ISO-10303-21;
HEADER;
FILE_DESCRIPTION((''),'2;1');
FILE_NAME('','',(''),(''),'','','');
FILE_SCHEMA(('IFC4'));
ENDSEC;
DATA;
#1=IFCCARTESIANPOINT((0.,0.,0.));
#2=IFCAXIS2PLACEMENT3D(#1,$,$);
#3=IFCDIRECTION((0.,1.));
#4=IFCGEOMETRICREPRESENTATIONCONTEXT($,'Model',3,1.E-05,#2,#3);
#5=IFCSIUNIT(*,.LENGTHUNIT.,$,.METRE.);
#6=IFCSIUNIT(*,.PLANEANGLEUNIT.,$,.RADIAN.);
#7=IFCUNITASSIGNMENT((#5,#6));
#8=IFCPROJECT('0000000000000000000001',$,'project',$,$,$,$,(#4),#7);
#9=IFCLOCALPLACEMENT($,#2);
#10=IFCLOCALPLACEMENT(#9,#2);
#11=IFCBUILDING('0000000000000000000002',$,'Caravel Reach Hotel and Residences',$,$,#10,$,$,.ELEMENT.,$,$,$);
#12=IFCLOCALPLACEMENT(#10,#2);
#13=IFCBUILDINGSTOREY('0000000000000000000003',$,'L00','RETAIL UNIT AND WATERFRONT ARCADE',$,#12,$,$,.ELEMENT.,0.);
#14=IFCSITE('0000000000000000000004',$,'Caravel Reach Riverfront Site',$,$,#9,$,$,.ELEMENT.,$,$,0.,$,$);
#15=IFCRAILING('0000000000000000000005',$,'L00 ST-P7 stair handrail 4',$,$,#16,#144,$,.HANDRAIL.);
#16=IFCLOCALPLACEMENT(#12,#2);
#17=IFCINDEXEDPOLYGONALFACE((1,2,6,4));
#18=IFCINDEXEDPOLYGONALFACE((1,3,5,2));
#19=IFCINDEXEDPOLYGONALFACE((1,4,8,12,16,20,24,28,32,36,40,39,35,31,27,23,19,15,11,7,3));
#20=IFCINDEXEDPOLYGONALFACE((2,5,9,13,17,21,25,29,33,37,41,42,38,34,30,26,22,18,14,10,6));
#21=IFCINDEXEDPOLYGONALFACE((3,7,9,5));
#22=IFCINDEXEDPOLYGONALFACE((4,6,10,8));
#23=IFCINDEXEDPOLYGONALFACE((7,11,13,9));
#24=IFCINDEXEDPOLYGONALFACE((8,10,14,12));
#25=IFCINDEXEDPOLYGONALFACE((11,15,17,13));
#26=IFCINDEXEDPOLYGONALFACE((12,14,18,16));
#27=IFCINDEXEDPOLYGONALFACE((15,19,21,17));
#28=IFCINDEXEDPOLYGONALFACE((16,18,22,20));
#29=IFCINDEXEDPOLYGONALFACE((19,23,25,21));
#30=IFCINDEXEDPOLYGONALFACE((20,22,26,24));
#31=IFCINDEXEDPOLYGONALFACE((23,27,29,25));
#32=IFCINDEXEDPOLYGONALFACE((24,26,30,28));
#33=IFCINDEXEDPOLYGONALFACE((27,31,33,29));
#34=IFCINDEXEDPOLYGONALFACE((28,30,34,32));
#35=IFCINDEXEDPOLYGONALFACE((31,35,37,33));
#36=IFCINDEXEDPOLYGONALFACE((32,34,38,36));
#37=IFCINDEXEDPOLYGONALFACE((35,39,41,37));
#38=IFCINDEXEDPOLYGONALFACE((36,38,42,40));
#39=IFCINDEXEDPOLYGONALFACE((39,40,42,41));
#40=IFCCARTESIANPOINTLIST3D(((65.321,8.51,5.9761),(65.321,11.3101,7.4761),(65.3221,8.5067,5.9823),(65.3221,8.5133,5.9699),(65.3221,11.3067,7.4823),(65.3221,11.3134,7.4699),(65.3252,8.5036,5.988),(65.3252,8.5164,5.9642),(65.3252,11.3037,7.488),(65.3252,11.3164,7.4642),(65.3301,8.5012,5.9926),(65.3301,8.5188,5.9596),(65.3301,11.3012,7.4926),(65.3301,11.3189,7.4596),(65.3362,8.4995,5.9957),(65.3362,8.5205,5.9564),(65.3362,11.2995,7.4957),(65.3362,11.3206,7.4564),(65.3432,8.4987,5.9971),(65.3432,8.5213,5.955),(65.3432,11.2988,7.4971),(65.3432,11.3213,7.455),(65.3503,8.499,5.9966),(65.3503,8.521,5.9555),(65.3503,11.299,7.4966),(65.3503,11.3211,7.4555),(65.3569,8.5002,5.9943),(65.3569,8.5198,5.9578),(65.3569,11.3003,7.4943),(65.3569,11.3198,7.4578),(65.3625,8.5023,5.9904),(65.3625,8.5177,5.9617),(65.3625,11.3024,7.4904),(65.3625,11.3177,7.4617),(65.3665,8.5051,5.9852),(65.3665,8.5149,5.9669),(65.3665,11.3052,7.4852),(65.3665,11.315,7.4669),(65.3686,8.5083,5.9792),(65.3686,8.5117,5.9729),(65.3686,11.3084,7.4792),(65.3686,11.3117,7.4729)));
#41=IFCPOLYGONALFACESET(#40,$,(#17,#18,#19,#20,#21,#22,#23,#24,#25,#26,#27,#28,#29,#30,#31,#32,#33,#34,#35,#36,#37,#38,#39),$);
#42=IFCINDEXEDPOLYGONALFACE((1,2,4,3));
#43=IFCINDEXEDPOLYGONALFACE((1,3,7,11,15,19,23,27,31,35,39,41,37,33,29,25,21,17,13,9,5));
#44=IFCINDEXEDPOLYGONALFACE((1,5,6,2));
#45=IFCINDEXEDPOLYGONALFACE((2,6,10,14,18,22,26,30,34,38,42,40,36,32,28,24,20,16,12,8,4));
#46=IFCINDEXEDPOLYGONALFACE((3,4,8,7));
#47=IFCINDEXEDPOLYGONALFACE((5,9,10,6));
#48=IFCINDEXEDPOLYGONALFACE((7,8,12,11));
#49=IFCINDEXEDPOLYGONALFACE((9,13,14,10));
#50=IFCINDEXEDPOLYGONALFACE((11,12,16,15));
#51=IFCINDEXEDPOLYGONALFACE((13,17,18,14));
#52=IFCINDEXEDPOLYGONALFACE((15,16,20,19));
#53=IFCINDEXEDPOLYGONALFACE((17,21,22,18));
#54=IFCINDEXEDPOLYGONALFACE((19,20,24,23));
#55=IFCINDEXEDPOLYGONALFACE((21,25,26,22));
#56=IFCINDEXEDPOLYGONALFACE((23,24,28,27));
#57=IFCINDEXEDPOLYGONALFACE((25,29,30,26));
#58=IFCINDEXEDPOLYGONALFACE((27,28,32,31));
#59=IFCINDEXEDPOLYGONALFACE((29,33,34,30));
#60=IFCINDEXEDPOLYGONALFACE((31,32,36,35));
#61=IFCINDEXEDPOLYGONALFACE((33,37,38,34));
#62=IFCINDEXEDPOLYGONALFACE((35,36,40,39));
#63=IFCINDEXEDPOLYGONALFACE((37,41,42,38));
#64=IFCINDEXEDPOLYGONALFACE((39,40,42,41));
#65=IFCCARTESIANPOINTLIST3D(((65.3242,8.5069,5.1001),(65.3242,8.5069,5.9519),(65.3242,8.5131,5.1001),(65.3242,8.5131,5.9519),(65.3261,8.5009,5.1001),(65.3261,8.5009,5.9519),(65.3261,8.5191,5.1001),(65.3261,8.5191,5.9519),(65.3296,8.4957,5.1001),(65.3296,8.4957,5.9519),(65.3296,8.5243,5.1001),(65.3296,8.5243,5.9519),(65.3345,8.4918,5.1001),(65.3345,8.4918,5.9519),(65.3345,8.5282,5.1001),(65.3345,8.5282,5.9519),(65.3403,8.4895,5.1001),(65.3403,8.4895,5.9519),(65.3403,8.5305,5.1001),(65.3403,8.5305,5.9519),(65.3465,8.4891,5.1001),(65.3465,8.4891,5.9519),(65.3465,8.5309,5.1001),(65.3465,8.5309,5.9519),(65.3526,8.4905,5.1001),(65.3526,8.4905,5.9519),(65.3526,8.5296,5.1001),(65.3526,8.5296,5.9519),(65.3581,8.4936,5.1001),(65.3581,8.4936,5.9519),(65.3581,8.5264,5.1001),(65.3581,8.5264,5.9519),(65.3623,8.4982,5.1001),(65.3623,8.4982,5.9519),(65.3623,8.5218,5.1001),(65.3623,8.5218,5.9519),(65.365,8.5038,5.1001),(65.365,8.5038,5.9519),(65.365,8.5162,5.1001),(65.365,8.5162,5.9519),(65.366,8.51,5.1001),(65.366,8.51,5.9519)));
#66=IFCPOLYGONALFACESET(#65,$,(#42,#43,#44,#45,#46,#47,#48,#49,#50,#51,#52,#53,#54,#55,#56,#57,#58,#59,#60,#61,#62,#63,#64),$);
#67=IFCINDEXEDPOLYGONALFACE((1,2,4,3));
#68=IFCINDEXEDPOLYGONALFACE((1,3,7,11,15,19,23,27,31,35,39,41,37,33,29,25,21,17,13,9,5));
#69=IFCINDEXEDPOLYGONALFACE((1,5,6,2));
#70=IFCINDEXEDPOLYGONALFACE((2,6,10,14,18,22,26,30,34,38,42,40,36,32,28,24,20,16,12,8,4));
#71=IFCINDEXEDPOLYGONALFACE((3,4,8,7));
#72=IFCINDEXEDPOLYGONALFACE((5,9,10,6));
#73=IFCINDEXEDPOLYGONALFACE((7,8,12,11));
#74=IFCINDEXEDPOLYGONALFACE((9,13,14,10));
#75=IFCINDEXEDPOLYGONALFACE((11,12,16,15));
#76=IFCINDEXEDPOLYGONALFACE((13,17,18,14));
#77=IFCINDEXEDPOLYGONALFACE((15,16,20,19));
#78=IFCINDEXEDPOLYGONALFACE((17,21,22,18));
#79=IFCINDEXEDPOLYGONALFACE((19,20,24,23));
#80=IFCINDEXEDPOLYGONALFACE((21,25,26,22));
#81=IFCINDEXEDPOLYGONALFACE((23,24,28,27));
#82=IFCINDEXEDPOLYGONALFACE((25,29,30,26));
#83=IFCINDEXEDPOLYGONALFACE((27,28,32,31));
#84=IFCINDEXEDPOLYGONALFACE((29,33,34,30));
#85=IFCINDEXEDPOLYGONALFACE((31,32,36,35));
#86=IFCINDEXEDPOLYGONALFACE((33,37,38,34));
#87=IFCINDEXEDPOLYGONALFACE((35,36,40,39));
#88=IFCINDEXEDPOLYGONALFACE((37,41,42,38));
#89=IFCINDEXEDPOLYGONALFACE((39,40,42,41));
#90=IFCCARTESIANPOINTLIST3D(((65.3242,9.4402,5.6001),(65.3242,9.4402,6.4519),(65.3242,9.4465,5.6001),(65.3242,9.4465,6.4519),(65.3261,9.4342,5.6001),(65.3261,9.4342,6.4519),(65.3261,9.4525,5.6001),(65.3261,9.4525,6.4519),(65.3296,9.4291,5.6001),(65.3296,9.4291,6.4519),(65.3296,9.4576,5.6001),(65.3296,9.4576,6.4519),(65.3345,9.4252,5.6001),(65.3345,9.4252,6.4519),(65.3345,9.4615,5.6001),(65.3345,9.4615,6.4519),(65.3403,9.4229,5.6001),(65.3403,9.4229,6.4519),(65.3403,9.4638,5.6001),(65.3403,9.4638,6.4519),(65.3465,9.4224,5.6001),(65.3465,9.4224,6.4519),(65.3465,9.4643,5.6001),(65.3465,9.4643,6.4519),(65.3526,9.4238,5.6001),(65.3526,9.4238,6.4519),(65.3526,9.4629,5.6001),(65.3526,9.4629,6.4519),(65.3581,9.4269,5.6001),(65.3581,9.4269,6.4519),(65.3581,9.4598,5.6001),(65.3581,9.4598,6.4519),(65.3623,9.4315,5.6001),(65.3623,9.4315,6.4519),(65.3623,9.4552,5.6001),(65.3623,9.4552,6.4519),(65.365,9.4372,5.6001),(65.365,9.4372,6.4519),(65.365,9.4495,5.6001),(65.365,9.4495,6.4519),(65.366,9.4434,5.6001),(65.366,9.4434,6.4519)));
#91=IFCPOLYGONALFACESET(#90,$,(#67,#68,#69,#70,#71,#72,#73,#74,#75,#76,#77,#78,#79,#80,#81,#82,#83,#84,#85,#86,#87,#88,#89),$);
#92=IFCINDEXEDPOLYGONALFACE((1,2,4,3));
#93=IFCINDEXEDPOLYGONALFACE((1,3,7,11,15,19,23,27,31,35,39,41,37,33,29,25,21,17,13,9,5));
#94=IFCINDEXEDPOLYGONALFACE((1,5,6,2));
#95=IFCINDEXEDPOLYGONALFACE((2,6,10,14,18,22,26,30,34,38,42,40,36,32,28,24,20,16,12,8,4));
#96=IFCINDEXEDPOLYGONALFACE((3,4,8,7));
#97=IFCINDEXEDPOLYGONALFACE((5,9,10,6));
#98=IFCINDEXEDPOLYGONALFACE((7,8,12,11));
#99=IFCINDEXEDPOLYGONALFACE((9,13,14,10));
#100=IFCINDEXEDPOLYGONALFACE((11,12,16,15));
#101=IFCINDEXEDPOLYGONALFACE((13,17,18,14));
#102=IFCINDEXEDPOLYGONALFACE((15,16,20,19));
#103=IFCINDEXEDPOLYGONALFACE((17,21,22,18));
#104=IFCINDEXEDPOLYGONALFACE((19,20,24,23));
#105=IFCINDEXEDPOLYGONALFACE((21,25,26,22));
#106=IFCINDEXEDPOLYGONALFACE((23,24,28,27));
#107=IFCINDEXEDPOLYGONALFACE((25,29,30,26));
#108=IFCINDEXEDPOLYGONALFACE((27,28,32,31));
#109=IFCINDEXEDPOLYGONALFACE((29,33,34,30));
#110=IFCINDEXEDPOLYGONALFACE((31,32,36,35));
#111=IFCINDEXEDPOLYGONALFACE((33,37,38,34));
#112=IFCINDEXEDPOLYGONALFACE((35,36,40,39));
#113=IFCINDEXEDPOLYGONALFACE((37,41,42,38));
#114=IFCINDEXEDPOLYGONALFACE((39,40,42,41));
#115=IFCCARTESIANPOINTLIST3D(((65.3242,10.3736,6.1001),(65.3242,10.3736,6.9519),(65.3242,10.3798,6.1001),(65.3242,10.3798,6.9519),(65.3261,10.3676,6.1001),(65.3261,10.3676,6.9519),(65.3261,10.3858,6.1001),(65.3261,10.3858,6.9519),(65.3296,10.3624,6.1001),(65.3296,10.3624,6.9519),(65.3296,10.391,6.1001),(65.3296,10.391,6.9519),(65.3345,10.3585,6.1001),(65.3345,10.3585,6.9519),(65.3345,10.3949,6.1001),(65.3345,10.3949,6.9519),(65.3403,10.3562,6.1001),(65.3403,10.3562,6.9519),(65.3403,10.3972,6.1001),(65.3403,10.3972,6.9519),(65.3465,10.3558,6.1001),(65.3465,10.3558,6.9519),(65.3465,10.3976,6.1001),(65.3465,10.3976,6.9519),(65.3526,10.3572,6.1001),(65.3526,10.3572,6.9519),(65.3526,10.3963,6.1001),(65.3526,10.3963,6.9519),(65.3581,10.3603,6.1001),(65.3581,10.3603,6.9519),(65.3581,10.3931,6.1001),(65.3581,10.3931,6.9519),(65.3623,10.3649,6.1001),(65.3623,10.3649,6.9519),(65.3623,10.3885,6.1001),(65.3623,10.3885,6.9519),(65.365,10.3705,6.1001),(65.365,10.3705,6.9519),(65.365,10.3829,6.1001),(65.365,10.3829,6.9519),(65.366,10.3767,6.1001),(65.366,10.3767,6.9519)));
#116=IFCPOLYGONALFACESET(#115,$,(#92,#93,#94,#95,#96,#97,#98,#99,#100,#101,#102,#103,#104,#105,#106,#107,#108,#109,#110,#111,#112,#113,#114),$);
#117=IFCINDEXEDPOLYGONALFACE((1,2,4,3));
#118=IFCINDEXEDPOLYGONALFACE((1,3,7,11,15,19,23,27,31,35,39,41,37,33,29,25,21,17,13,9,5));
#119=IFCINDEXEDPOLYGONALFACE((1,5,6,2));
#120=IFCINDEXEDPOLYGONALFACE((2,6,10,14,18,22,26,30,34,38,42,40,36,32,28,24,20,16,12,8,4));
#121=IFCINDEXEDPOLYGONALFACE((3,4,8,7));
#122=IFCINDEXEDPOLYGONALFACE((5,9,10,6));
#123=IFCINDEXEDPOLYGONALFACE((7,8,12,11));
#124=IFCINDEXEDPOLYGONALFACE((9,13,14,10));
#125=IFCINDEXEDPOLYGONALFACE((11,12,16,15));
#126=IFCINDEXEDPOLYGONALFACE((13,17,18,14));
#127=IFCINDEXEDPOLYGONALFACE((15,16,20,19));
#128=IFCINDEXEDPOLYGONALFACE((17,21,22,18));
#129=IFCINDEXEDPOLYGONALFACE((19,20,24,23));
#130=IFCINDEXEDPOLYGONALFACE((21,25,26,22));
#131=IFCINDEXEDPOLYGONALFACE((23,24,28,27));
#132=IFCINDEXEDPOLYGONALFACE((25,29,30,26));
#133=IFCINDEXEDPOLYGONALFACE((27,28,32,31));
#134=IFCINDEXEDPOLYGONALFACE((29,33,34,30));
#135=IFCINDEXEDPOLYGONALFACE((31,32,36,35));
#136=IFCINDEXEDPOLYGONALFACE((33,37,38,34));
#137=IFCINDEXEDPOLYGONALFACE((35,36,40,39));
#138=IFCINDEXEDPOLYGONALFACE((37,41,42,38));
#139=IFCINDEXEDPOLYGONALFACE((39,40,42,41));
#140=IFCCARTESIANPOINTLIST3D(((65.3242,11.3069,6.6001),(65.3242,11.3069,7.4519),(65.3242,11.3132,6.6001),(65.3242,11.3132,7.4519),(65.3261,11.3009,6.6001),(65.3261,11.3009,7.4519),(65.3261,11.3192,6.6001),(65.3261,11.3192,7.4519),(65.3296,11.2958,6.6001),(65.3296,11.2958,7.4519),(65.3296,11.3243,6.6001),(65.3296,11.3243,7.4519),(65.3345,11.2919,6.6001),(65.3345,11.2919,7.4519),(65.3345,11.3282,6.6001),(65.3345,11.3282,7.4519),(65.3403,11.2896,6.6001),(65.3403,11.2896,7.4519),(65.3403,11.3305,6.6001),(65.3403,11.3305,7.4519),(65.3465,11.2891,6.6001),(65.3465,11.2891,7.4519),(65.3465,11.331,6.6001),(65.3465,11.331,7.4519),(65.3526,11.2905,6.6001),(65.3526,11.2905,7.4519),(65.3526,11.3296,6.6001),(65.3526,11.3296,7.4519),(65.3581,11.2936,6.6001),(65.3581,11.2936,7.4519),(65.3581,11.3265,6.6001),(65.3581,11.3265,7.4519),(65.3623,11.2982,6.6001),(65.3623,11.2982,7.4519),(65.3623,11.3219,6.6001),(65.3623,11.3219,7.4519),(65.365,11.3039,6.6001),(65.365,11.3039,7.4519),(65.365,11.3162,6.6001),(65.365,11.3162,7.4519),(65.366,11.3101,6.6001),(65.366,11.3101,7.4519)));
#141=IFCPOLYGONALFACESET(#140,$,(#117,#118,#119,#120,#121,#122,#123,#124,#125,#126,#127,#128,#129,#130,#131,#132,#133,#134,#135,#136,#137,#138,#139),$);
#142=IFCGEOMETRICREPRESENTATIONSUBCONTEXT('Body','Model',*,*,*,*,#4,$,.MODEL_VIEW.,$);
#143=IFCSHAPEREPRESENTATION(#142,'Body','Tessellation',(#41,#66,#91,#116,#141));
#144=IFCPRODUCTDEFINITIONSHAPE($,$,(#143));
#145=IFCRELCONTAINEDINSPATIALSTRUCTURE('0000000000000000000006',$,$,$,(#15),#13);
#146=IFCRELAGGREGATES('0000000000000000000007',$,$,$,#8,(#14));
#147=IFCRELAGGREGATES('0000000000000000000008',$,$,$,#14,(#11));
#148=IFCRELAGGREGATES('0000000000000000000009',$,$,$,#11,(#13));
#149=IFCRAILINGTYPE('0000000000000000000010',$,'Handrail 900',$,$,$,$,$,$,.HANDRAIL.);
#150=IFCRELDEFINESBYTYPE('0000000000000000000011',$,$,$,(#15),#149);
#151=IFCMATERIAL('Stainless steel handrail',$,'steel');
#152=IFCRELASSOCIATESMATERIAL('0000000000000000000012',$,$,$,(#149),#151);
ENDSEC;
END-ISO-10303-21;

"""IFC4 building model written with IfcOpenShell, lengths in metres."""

from ifc_helpers import new_model, si_unit, direction, frame, origin, origin_2d, place, context, subcontext, project, spatial, circle, extrude, material, type_object, element, save


model = new_model("IFC4")

# Units and contexts
model_context = context("Model", 3, precision=1e-05, world=origin(), true_north=direction((0.0, 1.0)))
body_context = subcontext(model_context, "Body", "Model", "MODEL_VIEW")
ifc_project = project(units=[si_unit("LENGTHUNIT", "METRE"), si_unit("PLANEANGLEUNIT", "RADIAN")], contexts=[model_context])

# Site, building, storey
site_placement = place(None, origin())
site = spatial("IfcSite", under=ifc_project, at=site_placement, Name="Caravel Reach Riverfront Site", CompositionType="ELEMENT", RefElevation=0.0)
building_placement = place(site_placement, origin())
building = spatial("IfcBuilding", under=site, at=building_placement, Name="Caravel Reach Hotel and Residences", CompositionType="ELEMENT")
storey_placement = place(building_placement, origin())
storey = spatial("IfcBuildingStorey", under=building, at=storey_placement, Name="L00", Description="RETAIL UNIT AND WATERFRONT ARCADE", CompositionType="ELEMENT", Elevation=0.0)

# Railing
ifc_material_1 = material(Name="Stainless steel handrail", Category="steel")
railing_type_1 = type_object("IfcRailingType", Name="Handrail 900", PredefinedType="HANDRAIL", material=ifc_material_1)
for number, where, name in (
    (1, (65.345, 8.51, 5.1001), "L00 ST-P7 stair handrail 4"),
):
    element("IfcRailing", number, at=place(storey_placement, frame(where)), inside=storey, type_object=railing_type_1, Name=name, PredefinedType="HANDRAIL", context=body_context, shape_type="SweptSolid", body=[
        extrude(circle(Radius=0.0239, at=origin_2d()), frame((0.0, 0.0, 0.876), z_axis=(0.0, 0.881483, 0.472215), x_axis=(-1.0, 0.0, 0.0)), (0.0, 0.0, 1.0), 3.1765),
        extrude(circle(Radius=0.021, at=origin_2d()), origin(), (0.0, 0.0, 1.0), 0.8518),
        extrude(circle(Radius=0.021, at=origin_2d()), frame((0.0, 0.9333, 0.5)), (0.0, 0.0, 1.0), 0.8518),
        extrude(circle(Radius=0.021, at=origin_2d()), frame((0.0, 1.8667, 1.0)), (0.0, 0.0, 1.0), 0.8518),
        extrude(circle(Radius=0.021, at=origin_2d()), frame((0.0, 2.8, 1.5)), (0.0, 0.0, 1.0), 0.8518),
    ])

save(model, "model.ifc")
